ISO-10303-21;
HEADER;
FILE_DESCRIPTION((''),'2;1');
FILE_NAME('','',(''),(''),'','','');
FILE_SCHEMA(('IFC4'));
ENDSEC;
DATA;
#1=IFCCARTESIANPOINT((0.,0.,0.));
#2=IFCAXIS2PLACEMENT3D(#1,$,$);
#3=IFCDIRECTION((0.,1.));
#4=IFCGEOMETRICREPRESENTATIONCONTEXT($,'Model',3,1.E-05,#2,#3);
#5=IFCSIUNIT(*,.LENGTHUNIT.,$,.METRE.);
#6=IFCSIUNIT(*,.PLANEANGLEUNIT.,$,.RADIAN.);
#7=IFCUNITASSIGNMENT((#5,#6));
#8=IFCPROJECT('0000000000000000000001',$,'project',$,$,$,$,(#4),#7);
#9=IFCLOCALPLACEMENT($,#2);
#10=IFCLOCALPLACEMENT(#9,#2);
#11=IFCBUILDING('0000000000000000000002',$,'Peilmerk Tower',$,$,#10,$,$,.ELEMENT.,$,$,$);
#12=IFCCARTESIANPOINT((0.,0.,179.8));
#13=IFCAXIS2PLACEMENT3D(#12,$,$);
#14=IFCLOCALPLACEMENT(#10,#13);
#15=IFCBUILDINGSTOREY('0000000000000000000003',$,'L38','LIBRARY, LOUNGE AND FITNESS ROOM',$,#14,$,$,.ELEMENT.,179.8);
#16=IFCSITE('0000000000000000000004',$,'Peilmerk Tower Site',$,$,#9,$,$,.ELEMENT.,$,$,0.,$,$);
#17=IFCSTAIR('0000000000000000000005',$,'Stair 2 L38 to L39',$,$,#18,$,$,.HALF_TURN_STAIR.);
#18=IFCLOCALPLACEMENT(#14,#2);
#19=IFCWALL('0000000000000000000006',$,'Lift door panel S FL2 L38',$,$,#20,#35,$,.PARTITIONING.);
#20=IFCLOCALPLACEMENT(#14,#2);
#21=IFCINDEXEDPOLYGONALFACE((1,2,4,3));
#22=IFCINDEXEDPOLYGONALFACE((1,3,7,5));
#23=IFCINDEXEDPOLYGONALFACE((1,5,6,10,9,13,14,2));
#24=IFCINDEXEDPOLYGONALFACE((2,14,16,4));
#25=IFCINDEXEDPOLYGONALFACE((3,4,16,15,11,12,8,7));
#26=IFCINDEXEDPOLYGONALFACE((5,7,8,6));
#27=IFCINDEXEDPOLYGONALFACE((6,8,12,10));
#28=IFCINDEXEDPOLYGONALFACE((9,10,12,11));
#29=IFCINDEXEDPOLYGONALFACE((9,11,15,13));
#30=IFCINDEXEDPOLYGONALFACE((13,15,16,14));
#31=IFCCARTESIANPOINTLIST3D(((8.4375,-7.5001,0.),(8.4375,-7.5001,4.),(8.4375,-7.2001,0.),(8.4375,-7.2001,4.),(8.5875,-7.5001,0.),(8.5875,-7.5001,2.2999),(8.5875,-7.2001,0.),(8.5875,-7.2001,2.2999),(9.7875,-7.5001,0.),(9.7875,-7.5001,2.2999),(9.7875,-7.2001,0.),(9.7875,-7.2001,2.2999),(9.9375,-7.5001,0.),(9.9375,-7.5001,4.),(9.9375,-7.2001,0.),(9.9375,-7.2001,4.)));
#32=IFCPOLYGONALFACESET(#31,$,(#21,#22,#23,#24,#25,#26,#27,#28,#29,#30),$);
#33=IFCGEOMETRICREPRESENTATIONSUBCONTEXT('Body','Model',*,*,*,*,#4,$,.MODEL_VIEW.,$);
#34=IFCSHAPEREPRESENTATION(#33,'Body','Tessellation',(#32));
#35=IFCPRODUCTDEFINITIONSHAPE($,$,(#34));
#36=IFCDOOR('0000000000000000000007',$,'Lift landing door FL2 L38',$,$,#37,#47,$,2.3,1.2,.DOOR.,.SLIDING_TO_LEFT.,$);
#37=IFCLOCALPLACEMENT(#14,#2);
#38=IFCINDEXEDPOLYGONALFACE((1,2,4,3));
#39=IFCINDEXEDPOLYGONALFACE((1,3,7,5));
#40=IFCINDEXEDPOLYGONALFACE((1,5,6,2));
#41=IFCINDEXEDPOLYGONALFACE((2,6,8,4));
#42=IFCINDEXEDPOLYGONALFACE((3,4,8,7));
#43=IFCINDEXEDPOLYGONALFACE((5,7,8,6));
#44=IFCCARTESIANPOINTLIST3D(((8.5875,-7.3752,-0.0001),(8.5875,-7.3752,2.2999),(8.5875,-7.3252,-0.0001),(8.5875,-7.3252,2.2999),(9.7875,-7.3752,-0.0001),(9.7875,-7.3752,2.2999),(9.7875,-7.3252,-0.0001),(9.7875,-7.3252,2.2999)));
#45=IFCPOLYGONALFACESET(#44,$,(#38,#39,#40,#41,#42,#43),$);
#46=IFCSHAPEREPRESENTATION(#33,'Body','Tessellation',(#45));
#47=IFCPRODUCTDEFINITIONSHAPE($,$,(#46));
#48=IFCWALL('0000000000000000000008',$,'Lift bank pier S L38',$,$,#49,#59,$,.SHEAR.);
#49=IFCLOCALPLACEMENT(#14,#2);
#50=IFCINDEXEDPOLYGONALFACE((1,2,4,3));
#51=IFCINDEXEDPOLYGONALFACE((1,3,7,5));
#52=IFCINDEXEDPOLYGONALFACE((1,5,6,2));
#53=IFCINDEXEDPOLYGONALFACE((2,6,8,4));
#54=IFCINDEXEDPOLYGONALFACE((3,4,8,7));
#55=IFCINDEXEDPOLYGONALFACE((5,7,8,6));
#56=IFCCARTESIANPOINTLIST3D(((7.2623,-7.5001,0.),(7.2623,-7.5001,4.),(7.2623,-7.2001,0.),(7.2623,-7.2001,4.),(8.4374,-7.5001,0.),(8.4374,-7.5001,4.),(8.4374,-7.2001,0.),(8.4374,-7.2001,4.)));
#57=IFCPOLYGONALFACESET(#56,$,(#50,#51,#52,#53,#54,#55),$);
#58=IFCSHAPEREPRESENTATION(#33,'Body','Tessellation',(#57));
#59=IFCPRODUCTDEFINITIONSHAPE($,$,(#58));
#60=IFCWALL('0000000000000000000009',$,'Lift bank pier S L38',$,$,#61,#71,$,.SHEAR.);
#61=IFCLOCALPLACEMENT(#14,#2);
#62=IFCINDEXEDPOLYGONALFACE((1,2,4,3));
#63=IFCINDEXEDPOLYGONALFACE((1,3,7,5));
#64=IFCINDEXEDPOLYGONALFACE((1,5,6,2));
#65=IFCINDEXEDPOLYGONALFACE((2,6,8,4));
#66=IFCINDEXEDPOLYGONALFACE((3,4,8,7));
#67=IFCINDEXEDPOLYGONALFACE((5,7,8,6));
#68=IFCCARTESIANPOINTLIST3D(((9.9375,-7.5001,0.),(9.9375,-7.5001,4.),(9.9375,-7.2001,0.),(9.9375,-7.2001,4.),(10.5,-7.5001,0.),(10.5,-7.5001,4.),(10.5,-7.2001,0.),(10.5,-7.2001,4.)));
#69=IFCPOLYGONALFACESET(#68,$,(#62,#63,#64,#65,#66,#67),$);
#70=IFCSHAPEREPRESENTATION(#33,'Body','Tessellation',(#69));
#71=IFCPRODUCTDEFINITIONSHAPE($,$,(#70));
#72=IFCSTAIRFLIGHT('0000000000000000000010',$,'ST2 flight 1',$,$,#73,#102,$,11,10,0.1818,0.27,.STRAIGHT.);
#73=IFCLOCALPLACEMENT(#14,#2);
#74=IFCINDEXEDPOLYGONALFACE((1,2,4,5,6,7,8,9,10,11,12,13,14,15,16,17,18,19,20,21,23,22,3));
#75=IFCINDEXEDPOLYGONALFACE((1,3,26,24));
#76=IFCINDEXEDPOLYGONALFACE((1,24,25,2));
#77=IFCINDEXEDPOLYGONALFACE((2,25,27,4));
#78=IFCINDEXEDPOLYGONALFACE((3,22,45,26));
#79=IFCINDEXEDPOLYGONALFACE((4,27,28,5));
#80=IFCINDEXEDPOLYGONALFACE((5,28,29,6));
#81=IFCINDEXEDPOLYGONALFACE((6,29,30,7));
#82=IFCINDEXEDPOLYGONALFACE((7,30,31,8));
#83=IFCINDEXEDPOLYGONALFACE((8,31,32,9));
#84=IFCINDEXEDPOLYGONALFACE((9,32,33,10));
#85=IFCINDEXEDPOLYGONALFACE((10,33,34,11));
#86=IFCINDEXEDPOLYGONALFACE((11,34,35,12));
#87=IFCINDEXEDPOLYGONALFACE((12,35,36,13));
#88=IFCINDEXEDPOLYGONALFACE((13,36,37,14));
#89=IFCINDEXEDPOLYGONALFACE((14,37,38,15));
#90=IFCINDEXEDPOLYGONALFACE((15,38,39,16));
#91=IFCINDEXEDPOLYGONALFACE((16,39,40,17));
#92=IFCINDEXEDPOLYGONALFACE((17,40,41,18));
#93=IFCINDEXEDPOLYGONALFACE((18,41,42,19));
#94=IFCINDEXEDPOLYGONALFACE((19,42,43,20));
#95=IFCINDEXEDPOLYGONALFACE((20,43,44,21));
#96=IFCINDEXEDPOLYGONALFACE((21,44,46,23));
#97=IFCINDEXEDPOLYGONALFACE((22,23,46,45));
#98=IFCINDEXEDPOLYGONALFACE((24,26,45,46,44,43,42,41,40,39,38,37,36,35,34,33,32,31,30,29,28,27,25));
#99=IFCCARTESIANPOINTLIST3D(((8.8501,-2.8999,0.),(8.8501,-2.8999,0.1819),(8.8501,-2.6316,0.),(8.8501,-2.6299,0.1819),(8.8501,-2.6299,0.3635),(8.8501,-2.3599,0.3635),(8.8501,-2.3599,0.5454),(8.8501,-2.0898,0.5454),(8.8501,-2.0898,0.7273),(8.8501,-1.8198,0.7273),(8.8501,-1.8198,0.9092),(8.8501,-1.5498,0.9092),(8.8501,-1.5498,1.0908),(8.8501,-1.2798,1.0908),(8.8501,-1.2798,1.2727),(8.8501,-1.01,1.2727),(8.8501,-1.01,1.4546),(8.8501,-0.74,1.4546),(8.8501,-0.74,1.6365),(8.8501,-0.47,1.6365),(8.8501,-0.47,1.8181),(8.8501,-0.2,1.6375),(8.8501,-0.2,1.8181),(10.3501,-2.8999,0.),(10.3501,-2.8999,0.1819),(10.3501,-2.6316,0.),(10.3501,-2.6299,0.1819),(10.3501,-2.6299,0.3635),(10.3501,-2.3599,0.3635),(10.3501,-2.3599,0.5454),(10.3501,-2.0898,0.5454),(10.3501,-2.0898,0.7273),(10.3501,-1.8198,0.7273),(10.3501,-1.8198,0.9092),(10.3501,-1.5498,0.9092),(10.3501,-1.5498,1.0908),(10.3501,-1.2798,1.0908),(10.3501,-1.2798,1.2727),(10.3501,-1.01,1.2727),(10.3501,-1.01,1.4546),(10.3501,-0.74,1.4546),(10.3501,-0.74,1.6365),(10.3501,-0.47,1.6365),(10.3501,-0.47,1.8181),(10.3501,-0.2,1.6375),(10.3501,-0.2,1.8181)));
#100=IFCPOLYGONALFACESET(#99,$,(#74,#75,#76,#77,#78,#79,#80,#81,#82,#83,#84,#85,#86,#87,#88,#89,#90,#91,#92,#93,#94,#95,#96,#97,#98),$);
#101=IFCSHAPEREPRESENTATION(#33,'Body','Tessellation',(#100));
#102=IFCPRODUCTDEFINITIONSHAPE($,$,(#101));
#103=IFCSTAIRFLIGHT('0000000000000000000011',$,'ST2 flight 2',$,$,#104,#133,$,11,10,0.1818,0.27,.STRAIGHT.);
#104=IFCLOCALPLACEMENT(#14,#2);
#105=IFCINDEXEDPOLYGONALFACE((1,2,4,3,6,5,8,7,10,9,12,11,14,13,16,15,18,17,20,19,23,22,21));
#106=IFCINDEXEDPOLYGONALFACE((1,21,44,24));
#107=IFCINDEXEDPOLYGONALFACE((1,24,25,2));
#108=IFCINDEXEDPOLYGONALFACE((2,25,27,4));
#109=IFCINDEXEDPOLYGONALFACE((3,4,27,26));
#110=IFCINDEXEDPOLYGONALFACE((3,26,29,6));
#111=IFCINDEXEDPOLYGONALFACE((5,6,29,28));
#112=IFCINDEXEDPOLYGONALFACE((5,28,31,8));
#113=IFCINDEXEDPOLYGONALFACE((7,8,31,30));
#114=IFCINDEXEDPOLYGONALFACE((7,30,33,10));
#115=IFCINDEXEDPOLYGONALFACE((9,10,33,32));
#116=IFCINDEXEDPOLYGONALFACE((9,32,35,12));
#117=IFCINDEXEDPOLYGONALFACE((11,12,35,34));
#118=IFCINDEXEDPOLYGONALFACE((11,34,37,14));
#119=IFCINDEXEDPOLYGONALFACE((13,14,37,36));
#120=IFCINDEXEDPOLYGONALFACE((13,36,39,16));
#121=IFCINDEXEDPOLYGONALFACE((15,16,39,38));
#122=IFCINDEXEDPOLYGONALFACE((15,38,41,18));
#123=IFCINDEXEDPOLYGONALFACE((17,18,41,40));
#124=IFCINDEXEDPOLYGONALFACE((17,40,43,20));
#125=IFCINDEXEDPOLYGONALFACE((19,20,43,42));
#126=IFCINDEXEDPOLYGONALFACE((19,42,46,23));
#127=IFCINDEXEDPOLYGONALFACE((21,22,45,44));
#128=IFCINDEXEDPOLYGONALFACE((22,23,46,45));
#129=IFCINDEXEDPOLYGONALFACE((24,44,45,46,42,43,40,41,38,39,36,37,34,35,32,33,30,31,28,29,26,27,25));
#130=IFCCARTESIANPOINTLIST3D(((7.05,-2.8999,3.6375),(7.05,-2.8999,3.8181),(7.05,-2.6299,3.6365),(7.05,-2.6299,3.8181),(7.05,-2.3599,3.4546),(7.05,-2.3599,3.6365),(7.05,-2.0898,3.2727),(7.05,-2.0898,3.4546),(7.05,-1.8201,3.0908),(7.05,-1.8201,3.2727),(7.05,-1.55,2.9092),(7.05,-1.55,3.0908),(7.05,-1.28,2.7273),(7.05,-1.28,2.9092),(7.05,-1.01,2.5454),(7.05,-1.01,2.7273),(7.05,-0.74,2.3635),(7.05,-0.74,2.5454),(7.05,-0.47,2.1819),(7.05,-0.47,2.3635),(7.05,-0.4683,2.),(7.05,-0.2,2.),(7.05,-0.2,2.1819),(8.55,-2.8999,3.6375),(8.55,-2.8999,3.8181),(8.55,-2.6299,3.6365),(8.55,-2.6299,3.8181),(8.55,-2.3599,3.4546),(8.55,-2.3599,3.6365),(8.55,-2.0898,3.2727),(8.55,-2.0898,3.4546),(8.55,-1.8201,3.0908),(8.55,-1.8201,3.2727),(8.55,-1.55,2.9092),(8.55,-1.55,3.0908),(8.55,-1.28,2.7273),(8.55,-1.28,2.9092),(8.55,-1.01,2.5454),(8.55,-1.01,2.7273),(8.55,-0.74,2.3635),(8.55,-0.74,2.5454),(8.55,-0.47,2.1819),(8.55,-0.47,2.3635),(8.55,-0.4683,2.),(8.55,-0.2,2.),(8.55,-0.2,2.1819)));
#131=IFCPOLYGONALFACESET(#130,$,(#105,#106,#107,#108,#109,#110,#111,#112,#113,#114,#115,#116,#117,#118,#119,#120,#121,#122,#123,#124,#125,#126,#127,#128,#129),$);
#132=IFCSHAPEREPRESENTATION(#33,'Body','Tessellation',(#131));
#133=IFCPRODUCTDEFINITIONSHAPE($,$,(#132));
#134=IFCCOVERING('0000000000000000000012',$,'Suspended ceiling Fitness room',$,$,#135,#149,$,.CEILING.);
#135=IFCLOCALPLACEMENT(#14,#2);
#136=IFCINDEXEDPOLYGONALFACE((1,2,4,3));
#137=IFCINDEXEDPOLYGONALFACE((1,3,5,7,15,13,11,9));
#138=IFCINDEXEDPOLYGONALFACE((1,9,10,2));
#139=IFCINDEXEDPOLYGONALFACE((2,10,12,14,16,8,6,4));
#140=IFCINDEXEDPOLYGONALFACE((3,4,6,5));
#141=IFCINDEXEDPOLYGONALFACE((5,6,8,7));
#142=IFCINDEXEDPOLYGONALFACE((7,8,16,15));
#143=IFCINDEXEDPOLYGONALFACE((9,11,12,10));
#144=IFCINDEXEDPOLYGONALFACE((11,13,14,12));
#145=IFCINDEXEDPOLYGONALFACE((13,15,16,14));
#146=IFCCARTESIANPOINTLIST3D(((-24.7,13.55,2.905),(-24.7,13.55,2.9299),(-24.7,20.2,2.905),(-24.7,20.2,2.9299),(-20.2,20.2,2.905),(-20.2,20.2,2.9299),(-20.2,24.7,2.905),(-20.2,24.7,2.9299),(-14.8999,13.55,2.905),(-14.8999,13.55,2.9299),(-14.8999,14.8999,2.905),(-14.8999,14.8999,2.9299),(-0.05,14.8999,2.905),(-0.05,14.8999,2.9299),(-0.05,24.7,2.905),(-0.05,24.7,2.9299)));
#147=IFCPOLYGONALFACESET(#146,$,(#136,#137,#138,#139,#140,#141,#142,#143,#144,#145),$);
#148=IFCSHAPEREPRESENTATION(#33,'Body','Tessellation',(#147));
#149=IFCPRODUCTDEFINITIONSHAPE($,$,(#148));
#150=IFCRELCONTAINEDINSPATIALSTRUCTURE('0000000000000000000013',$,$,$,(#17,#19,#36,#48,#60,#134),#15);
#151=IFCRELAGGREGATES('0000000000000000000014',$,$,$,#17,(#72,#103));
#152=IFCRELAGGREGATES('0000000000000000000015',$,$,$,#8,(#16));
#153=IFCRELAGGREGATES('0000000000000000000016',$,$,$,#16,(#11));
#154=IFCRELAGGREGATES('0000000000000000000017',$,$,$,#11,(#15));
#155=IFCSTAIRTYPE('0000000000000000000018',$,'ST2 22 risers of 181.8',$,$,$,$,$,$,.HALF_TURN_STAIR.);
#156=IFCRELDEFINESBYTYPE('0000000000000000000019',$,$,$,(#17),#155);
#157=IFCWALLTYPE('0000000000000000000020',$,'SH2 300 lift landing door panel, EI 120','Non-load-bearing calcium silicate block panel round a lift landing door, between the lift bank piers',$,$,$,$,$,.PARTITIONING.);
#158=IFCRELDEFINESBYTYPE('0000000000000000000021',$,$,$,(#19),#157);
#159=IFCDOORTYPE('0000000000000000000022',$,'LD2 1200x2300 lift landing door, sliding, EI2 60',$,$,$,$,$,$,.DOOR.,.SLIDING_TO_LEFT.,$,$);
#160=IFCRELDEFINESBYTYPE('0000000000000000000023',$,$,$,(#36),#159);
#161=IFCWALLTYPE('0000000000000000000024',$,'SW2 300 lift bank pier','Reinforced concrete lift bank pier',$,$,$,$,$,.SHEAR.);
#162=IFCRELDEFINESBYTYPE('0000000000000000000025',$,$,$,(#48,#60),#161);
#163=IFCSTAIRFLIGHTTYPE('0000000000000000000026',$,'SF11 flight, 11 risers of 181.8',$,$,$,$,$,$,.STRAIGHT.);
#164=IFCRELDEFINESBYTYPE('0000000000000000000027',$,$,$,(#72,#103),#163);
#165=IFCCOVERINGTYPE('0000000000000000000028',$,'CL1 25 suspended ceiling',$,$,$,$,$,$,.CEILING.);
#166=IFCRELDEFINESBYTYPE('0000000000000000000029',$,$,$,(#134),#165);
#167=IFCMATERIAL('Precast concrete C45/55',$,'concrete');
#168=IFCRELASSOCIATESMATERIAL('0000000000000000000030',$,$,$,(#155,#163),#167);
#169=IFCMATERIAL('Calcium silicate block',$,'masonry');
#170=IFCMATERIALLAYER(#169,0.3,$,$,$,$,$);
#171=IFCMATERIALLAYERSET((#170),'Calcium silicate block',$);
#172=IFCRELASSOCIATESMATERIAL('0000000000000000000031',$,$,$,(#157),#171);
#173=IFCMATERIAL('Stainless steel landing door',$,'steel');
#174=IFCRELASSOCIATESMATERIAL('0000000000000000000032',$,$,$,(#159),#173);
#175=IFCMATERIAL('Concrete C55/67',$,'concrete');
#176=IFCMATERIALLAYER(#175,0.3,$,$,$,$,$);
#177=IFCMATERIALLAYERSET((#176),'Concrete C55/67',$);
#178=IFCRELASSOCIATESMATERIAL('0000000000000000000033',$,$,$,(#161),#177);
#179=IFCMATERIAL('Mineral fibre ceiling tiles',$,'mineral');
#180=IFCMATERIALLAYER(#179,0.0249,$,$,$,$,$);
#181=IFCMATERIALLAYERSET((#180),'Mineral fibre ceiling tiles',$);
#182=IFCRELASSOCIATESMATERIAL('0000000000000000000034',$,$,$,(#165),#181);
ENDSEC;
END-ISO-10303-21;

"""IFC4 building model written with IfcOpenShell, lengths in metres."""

from ifc_helpers import new_model, si_unit, direction, frame, frame_2d, origin, place, context, subcontext, project, spatial, polyline, rectangle, outline, extrude, material, layer, layer_set, type_object, element, fill, aggregate, save


model = new_model("IFC4")

# Units and contexts
model_context = context("Model", 3, precision=1e-05, world=origin(), true_north=direction((0.0, 1.0)))
body_context = subcontext(model_context, "Body", "Model", "MODEL_VIEW")
ifc_project = project(units=[si_unit("LENGTHUNIT", "METRE"), si_unit("PLANEANGLEUNIT", "RADIAN")], contexts=[model_context])

# Site, building, storey
site_placement = place(None, origin())
site = spatial("IfcSite", under=ifc_project, at=site_placement, Name="Peilmerk Tower Site", CompositionType="ELEMENT", RefElevation=0.0)
building_placement = place(site_placement, origin())
building = spatial("IfcBuilding", under=site, at=building_placement, Name="Peilmerk Tower", CompositionType="ELEMENT")
storey_placement = place(building_placement, frame((0.0, 0.0, 179.8)))
storey = spatial("IfcBuildingStorey", under=building, at=storey_placement, Name="L38", Description="LIBRARY, LOUNGE AND FITNESS ROOM", CompositionType="ELEMENT", Elevation=179.8)

# Stair
ifc_material_1 = material(Name="Precast concrete C45/55", Category="concrete")
stair_type = type_object("IfcStairType", Name="ST2 22 risers of 181.8", PredefinedType="HALF_TURN_STAIR", material=ifc_material_1)
stair_placement = place(storey_placement, origin())
stair = element("IfcStair", 1, at=stair_placement, inside=storey, type_object=stair_type, Name="Stair 2 L38 to L39", PredefinedType="HALF_TURN_STAIR")

# Wall, opening, door
ifc_material_2 = material(Name="Calcium silicate block", Category="masonry")
ifc_layer_1 = layer(ifc_material_2, 0.3)
ifc_layer_set_1 = layer_set([ifc_layer_1], Name="Calcium silicate block")
wall_type_1 = type_object("IfcWallType", Name="SH2 300 lift landing door panel, EI 120", Description="Non-load-bearing calcium silicate block panel round a lift landing door, between the lift bank piers", PredefinedType="PARTITIONING", material=ifc_layer_set_1)
wall_1_placement = place(storey_placement, frame((8.4375, -7.3501, 0.0), z_axis=(0.0, 0.0, 1.0), x_axis=(1.0, 0.0, 0.0)))
wall_1 = element("IfcWall", 2, at=wall_1_placement, inside=storey, type_object=wall_type_1, Name="Lift door panel S FL2 L38", PredefinedType="PARTITIONING", context=body_context, shape_type="SweptSolid", body=[
    extrude(rectangle(XDim=1.5, YDim=0.3, at=frame_2d((0.75, 0.0))), origin(), (0.0, 0.0, 1.0), 4.0),
])
opening_1_placement = place(wall_1_placement, frame((0.1499, 0.0, 0.0)))
opening_1 = element("IfcOpeningElement", 3, at=opening_1_placement, cuts=wall_1, PredefinedType="OPENING", context=body_context, shape_type="SweptSolid", body=[
    extrude(rectangle(XDim=1.2, YDim=2.3, at=frame_2d((0.6001, 1.1499))), frame((0.0, 0.1599, 0.0), z_axis=(0.0, -1.0, 0.0), x_axis=(1.0, 0.0, 0.0)), (0.0, 0.0, 1.0), 0.3201),
])
ifc_material_3 = material(Name="Stainless steel landing door", Category="steel")
door_type_1 = type_object("IfcDoorType", Name="LD2 1200x2300 lift landing door, sliding, EI2 60", OperationType="SLIDING_TO_LEFT", PredefinedType="DOOR", material=ifc_material_3)
door_1_placement = place(opening_1_placement, origin())
door_1 = element("IfcDoor", 4, at=door_1_placement, inside=storey, type_object=door_type_1, Name="Lift landing door FL2 L38", OperationType="SLIDING_TO_LEFT", OverallHeight=2.3, OverallWidth=1.2, PredefinedType="DOOR", context=body_context, shape_type="SweptSolid", body=[
    extrude(rectangle(XDim=1.2, YDim=2.3, at=frame_2d((0.6001, 1.1499))), frame((0.0, 0.0249, 0.0), z_axis=(0.0, -1.0, 0.0), x_axis=(1.0, 0.0, 0.0)), (0.0, 0.0, 1.0), 0.05),
])
fill(opening_1, door_1)

# Walls
ifc_material_4 = material(Name="Concrete C55/67", Category="concrete")
ifc_layer_2 = layer(ifc_material_4, 0.3)
ifc_layer_set_2 = layer_set([ifc_layer_2], Name="Concrete C55/67")
wall_type_2 = type_object("IfcWallType", Name="SW2 300 lift bank pier", Description="Reinforced concrete lift bank pier", PredefinedType="SHEAR", material=ifc_layer_set_2)
wall_2_placement = place(storey_placement, frame((7.2625, -7.3501, 0.0), z_axis=(0.0, 0.0, 1.0), x_axis=(1.0, 0.0, 0.0)))
element("IfcWall", 5, at=wall_2_placement, inside=storey, type_object=wall_type_2, Name="Lift bank pier S L38", PredefinedType="SHEAR", context=body_context, shape_type="SweptSolid", body=[
    extrude(rectangle(XDim=1.175, YDim=0.3, at=frame_2d((0.5874, 0.0))), origin(), (0.0, 0.0, 1.0), 4.0),
])
wall_3_placement = place(storey_placement, frame((9.9375, -7.3501, 0.0), z_axis=(0.0, 0.0, 1.0), x_axis=(1.0, 0.0, 0.0)))
element("IfcWall", 6, at=wall_3_placement, inside=storey, type_object=wall_type_2, Name="Lift bank pier S L38", PredefinedType="SHEAR", context=body_context, shape_type="SweptSolid", body=[
    extrude(rectangle(XDim=0.5625, YDim=0.3, at=frame_2d((0.2812, 0.0))), origin(), (0.0, 0.0, 1.0), 4.0),
])

# Stair flights
stair_flight_type = type_object("IfcStairFlightType", Name="SF11 flight, 11 risers of 181.8", PredefinedType="STRAIGHT", material=ifc_material_1)
stair_flight_1_placement = place(storey_placement, frame((9.6001, -2.8999, 0.0), z_axis=(0.0, 0.0, 1.0), x_axis=(0.0, 1.0, 0.0)))
stair_flight_1 = element("IfcStairFlight", 7, at=stair_flight_1_placement, type_object=stair_flight_type, Name="ST2 flight 1", NumberOfRisers=11, NumberOfTreads=10, PredefinedType="STRAIGHT", RiserHeight=0.1818, TreadLength=0.27, context=body_context, shape_type="SweptSolid", body=[
    extrude(outline(polyline([(0.0, 0.0), (0.0, 0.1819), (0.27, 0.1819), (0.27, 0.3635), (0.54, 0.3635), (0.54, 0.5454), (0.8101, 0.5454), (0.8101, 0.7273), (1.0801, 0.7273), (1.0801, 0.9092), (1.3501, 0.9092), (1.3501, 1.0908), (1.6201, 1.0908), (1.6201, 1.2727), (1.8899, 1.2727), (1.8899, 1.4546), (2.1599, 1.4546), (2.1599, 1.6365), (2.4299, 1.6365), (2.4299, 1.8181), (2.7, 1.8181), (2.7, 2.0), (2.7, 1.6375), (0.2683, 0.0), (0.0, 0.0)])), frame((0.0, 0.75, 0.0), z_axis=(0.0, -1.0, 0.0), x_axis=(1.0, 0.0, 0.0)), (0.0, 0.0, 1.0), 1.5),
])
stair_flight_2_placement = place(storey_placement, frame((7.8, -0.2, 2.0), z_axis=(0.0, 0.0, 1.0), x_axis=(0.0, -1.0, 0.0)))
stair_flight_2 = element("IfcStairFlight", 8, at=stair_flight_2_placement, type_object=stair_flight_type, Name="ST2 flight 2", NumberOfRisers=11, NumberOfTreads=10, PredefinedType="STRAIGHT", RiserHeight=0.1818, TreadLength=0.27, context=body_context, shape_type="SweptSolid", body=[
    extrude(outline(polyline([(0.0, 0.0), (0.0, 0.1819), (0.27, 0.1819), (0.27, 0.3635), (0.54, 0.3635), (0.54, 0.5454), (0.8101, 0.5454), (0.8101, 0.7273), (1.0801, 0.7273), (1.0801, 0.9092), (1.3501, 0.9092), (1.3501, 1.0908), (1.6201, 1.0908), (1.6201, 1.2727), (1.8899, 1.2727), (1.8899, 1.4546), (2.1599, 1.4546), (2.1599, 1.6365), (2.4299, 1.6365), (2.4299, 1.8181), (2.7, 1.8181), (2.7, 2.0), (2.7, 1.6375), (0.2683, 0.0), (0.0, 0.0)])), frame((0.0, 0.75, 0.0), z_axis=(0.0, -1.0, 0.0), x_axis=(1.0, 0.0, 0.0)), (0.0, 0.0, 1.0), 1.5),
])
aggregate(stair, [stair_flight_1, stair_flight_2])

# Covering
ifc_material_5 = material(Name="Mineral fibre ceiling tiles", Category="mineral")
ifc_layer_3 = layer(ifc_material_5, 0.0249)
ifc_layer_set_3 = layer_set([ifc_layer_3], Name="Mineral fibre ceiling tiles")
covering_type = type_object("IfcCoveringType", Name="CL1 25 suspended ceiling", PredefinedType="CEILING", material=ifc_layer_set_3)
covering_placement = place(storey_placement, frame((0.0, 0.0, 2.905)))
element("IfcCovering", 9, at=covering_placement, inside=storey, type_object=covering_type, Name="Suspended ceiling Fitness room", PredefinedType="CEILING", context=body_context, shape_type="SweptSolid", body=[
    extrude(outline(polyline([(-24.7, 20.2), (-24.7, 13.55), (-14.8999, 13.55), (-14.8999, 14.8999), (-0.05, 14.8999), (-0.05, 24.7), (-20.2, 24.7), (-20.2, 20.2), (-24.7, 20.2)])), origin(), (0.0, 0.0, 1.0), 0.0249),
])

save(model, "model.ifc")
